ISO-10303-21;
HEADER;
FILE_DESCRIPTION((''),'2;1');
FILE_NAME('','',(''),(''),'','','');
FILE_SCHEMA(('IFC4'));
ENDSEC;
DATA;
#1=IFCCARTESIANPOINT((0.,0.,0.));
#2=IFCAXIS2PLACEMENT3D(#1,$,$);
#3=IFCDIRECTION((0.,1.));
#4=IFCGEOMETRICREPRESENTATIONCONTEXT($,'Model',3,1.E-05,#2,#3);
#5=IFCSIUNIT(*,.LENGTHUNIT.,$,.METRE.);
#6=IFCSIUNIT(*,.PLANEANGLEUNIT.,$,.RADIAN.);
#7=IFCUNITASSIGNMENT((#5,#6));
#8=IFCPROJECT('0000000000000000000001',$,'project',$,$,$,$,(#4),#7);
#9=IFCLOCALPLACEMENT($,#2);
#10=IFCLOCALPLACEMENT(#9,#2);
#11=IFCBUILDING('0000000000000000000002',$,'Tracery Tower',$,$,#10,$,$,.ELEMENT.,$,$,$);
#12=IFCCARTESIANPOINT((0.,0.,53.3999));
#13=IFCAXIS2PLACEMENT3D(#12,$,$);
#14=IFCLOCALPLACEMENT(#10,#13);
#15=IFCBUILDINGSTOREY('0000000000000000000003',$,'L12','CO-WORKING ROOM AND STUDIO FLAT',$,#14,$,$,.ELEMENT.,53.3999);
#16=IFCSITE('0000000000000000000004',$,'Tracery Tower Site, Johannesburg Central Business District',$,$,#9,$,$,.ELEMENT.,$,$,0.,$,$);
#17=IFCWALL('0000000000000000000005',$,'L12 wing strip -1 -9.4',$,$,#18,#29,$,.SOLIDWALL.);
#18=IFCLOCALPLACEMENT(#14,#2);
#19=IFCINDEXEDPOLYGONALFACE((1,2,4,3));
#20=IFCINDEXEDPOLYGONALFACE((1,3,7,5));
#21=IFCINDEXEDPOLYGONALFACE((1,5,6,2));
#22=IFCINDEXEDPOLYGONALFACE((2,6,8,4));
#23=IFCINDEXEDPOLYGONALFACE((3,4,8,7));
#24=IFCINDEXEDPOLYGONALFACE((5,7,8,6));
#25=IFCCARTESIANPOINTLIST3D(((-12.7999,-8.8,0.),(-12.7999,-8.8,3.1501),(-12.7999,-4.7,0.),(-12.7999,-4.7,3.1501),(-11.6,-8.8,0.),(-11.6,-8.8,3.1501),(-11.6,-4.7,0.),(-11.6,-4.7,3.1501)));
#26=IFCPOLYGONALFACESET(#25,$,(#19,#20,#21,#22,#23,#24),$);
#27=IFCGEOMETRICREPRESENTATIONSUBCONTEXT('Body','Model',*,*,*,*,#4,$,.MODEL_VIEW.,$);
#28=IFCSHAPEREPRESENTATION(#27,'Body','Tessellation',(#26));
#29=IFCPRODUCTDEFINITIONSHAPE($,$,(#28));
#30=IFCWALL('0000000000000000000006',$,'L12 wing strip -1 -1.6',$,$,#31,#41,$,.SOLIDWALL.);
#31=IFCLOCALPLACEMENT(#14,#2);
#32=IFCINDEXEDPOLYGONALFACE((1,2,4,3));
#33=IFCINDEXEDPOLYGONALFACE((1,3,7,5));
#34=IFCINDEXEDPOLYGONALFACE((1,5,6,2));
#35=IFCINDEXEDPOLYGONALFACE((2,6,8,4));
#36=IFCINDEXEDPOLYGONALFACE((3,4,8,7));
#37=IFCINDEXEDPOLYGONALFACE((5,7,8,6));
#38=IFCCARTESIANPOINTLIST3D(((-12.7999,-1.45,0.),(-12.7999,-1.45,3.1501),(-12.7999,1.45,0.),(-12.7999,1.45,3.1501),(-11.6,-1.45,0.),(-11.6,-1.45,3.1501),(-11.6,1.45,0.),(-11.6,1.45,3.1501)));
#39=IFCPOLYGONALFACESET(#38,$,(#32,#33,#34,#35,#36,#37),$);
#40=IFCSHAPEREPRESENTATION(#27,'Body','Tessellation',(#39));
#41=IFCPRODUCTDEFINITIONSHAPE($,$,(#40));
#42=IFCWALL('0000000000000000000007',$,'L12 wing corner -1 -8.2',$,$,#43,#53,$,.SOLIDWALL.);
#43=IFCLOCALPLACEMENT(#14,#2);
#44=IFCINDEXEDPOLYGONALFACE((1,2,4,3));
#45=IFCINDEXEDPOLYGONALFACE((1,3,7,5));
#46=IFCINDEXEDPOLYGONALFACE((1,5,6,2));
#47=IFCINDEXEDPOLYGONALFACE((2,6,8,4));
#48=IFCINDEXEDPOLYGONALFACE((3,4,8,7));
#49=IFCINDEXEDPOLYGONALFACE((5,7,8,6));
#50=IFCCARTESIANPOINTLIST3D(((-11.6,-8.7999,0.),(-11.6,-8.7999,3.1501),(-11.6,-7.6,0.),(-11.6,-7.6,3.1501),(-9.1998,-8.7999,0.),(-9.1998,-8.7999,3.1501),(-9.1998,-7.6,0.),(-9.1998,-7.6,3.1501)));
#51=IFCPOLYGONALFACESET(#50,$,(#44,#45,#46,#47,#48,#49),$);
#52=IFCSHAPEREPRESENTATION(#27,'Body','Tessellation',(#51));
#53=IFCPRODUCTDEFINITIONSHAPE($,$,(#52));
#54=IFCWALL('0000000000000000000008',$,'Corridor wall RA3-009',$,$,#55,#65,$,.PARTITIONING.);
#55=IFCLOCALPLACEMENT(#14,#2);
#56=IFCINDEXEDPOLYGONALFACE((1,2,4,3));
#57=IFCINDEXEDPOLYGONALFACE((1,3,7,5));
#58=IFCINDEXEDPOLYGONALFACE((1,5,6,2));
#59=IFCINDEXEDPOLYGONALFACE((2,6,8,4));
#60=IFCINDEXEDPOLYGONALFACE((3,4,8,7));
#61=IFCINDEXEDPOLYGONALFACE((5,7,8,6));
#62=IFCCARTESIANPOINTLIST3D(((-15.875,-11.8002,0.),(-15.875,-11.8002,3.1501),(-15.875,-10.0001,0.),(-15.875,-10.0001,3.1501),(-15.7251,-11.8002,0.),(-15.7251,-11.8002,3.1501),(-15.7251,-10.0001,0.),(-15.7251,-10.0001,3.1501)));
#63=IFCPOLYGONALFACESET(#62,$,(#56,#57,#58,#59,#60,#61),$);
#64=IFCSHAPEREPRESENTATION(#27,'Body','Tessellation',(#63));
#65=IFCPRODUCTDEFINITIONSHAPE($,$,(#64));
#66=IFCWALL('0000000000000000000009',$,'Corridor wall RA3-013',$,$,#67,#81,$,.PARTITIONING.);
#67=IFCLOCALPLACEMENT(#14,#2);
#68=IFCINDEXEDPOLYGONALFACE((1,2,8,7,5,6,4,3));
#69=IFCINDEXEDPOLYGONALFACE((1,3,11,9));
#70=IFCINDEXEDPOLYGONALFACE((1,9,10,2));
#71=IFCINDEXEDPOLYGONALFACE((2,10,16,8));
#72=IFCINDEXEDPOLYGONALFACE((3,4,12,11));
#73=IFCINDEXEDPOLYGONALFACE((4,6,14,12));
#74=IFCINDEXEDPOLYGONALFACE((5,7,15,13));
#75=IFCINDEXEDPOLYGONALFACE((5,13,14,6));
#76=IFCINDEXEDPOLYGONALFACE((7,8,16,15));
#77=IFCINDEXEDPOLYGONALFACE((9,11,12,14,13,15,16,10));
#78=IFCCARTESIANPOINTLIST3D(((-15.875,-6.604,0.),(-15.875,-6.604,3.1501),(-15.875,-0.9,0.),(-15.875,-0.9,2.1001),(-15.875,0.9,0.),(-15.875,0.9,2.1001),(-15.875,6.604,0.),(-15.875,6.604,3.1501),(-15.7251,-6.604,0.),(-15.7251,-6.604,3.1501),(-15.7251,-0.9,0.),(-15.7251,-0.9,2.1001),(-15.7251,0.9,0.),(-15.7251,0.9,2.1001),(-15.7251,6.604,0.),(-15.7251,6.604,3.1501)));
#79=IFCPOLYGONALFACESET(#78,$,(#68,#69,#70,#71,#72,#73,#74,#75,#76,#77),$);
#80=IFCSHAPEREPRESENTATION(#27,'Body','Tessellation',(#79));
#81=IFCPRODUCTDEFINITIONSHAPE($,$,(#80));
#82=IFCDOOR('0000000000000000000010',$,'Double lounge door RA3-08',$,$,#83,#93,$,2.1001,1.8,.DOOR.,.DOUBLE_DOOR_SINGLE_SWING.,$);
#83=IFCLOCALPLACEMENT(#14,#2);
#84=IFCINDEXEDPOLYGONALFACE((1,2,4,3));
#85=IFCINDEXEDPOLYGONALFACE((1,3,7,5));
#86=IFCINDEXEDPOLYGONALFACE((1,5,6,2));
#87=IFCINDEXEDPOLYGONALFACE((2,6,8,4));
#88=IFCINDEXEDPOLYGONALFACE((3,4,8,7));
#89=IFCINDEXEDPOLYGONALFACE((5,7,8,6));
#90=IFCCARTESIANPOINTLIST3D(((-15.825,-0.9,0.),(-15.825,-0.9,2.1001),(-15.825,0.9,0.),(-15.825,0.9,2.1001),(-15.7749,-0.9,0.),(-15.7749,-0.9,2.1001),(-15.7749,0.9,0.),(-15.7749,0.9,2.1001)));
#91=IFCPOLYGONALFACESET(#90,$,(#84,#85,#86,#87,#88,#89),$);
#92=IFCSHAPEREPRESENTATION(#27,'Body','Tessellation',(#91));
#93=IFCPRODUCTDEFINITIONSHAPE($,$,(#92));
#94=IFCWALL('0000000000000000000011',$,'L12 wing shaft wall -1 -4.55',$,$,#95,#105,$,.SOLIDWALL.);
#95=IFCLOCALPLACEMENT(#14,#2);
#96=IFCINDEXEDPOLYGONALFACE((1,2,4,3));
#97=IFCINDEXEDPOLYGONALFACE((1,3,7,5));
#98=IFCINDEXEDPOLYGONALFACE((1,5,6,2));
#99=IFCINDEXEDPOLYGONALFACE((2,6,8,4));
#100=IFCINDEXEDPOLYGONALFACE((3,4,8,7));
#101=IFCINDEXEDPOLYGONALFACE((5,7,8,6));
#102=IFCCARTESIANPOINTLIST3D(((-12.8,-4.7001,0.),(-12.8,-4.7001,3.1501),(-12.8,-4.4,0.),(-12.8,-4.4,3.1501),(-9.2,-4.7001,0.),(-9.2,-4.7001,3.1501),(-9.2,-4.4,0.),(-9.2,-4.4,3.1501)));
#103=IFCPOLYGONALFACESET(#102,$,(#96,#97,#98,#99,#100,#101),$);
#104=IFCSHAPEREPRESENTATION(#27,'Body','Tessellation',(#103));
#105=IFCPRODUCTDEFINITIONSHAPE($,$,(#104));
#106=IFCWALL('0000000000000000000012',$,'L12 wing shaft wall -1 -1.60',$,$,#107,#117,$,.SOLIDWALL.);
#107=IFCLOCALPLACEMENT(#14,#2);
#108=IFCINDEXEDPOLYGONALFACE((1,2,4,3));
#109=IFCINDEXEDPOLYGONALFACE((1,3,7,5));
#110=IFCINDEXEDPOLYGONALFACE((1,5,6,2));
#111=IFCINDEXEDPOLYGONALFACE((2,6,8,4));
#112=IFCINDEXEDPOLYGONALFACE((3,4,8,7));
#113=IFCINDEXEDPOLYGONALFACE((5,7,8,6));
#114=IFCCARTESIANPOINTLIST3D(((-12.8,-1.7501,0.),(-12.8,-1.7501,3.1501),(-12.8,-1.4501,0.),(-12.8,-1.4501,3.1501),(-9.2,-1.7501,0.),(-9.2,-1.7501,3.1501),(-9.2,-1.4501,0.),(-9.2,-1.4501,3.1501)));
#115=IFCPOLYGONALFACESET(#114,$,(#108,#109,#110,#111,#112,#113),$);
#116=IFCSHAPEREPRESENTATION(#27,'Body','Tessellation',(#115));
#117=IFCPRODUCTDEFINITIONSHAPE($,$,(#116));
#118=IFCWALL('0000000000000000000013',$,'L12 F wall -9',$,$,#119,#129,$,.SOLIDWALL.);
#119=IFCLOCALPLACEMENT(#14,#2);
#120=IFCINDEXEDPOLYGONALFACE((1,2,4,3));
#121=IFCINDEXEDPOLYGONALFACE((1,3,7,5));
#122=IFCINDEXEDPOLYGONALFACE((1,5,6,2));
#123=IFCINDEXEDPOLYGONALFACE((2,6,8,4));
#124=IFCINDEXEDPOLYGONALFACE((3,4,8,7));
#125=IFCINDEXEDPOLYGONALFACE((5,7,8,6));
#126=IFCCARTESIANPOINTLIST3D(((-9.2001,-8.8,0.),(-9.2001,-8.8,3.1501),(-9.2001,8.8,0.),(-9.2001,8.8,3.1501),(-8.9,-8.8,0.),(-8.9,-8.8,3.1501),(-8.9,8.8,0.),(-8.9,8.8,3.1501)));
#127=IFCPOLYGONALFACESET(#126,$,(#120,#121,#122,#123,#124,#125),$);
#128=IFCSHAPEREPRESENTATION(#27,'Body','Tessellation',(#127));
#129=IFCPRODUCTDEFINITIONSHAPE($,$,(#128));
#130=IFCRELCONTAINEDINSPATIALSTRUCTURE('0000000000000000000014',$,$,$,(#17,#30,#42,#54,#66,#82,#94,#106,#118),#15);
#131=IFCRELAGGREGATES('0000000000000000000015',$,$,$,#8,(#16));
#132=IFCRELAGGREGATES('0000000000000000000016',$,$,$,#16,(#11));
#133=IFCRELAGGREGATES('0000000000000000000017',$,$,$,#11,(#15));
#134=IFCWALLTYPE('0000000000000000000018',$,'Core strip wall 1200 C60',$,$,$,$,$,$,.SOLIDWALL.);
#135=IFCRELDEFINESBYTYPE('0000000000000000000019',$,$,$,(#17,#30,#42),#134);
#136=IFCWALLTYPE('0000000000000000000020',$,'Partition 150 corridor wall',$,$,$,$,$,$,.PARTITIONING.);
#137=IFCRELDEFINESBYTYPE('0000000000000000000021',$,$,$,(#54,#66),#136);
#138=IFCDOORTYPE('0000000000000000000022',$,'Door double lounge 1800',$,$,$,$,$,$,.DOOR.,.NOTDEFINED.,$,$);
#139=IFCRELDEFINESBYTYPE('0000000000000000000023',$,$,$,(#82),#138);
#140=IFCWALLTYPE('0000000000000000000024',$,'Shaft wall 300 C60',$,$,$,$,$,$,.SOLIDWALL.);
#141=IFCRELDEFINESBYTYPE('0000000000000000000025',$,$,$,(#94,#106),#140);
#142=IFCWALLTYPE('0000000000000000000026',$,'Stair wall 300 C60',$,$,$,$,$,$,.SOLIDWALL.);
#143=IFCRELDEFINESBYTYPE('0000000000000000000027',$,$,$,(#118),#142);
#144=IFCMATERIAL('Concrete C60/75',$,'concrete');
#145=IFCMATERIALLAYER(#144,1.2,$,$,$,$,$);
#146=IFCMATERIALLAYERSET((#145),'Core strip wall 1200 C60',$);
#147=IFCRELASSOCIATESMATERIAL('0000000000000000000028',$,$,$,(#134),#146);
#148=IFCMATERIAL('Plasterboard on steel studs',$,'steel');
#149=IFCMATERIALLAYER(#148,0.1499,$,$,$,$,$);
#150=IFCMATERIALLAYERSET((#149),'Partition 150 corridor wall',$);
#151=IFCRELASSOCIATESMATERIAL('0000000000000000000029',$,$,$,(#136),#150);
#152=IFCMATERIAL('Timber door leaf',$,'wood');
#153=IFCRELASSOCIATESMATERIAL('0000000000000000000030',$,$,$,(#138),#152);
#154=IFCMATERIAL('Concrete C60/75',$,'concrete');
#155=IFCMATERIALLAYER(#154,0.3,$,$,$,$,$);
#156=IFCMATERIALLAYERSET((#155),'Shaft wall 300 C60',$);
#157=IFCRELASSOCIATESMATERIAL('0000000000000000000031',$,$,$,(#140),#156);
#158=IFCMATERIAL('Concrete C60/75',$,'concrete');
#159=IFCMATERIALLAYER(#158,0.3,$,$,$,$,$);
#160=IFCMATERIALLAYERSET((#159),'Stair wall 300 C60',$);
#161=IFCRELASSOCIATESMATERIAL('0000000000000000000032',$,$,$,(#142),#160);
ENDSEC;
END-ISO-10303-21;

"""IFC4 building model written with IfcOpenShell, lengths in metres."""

from ifc_helpers import new_model, si_unit, direction, frame, frame_2d, origin, place, context, subcontext, project, spatial, rectangle, extrude, material, layer, layer_set, type_object, element, fill, save


model = new_model("IFC4")

# Units and contexts
model_context = context("Model", 3, precision=1e-05, world=origin(), true_north=direction((0.0, 1.0)))
body_context = subcontext(model_context, "Body", "Model", "MODEL_VIEW")
ifc_project = project(units=[si_unit("LENGTHUNIT", "METRE"), si_unit("PLANEANGLEUNIT", "RADIAN")], contexts=[model_context])

# Site, building, storey
site_placement = place(None, origin())
site = spatial("IfcSite", under=ifc_project, at=site_placement, Name="Tracery Tower Site, Johannesburg Central Business District", CompositionType="ELEMENT", RefElevation=0.0)
building_placement = place(site_placement, origin())
building = spatial("IfcBuilding", under=site, at=building_placement, Name="Tracery Tower", CompositionType="ELEMENT")
storey_placement = place(building_placement, frame((0.0, 0.0, 53.3999)))
storey = spatial("IfcBuildingStorey", under=building, at=storey_placement, Name="L12", Description="CO-WORKING ROOM AND STUDIO FLAT", CompositionType="ELEMENT", Elevation=53.3999)

# Walls
ifc_material_1 = material(Name="Concrete C60/75", Category="concrete")
ifc_layer_1 = layer(ifc_material_1, 1.2)
ifc_layer_set_1 = layer_set([ifc_layer_1], Name="Core strip wall 1200 C60")
wall_type_1 = type_object("IfcWallType", Name="Core strip wall 1200 C60", PredefinedType="SOLIDWALL", material=ifc_layer_set_1)
wall_1_placement = place(storey_placement, frame((-12.2, -8.8, 0.0), z_axis=(0.0, 0.0, 1.0), x_axis=(0.0, 1.0, 0.0)))
element("IfcWall", 1, at=wall_1_placement, inside=storey, type_object=wall_type_1, Name="L12 wing strip -1 -9.4", PredefinedType="SOLIDWALL", context=body_context, shape_type="SweptSolid", body=[
    extrude(rectangle(XDim=4.1001, YDim=1.2, at=frame_2d((2.05, 0.0))), origin(), (0.0, 0.0, 1.0), 3.1501),
])
wall_2_placement = place(storey_placement, frame((-12.2, -1.45, 0.0), z_axis=(0.0, 0.0, 1.0), x_axis=(0.0, 1.0, 0.0)))
element("IfcWall", 2, at=wall_2_placement, inside=storey, type_object=wall_type_1, Name="L12 wing strip -1 -1.6", PredefinedType="SOLIDWALL", context=body_context, shape_type="SweptSolid", body=[
    extrude(rectangle(XDim=2.8999, YDim=1.2, at=frame_2d((1.45, 0.0))), origin(), (0.0, 0.0, 1.0), 3.1501),
])
wall_3_placement = place(storey_placement, frame((-11.6001, -8.2, 0.0), z_axis=(0.0, 0.0, 1.0), x_axis=(1.0, 0.0, 0.0)))
element("IfcWall", 3, at=wall_3_placement, inside=storey, type_object=wall_type_1, Name="L12 wing corner -1 -8.2", PredefinedType="SOLIDWALL", context=body_context, shape_type="SweptSolid", body=[
    extrude(rectangle(XDim=2.4001, YDim=1.2, at=frame_2d((1.2002, 0.0))), origin(), (0.0, 0.0, 1.0), 3.1501),
])

# Wall
ifc_material_2 = material(Name="Plasterboard on steel studs", Category="steel")
ifc_layer_2 = layer(ifc_material_2, 0.1499)
ifc_layer_set_2 = layer_set([ifc_layer_2], Name="Partition 150 corridor wall")
wall_type_2 = type_object("IfcWallType", Name="Partition 150 corridor wall", PredefinedType="PARTITIONING", material=ifc_layer_set_2)
wall_4_placement = place(storey_placement, frame((-15.8, -11.8, 0.0), z_axis=(0.0, 0.0, 1.0), x_axis=(0.0, 1.0, 0.0)))
element("IfcWall", 4, at=wall_4_placement, inside=storey, type_object=wall_type_2, Name="Corridor wall RA3-009", PredefinedType="PARTITIONING", context=body_context, shape_type="SweptSolid", body=[
    extrude(rectangle(XDim=1.8, YDim=0.1499, at=frame_2d((0.8999, 0.0))), origin(), (0.0, 0.0, 1.0), 3.1501),
])

# Wall, opening, door
wall_5_placement = place(storey_placement, frame((-15.8, -6.604, 0.0), z_axis=(0.0, 0.0, 1.0), x_axis=(0.0, 1.0, 0.0)))
wall_5 = element("IfcWall", 5, at=wall_5_placement, inside=storey, type_object=wall_type_2, Name="Corridor wall RA3-013", PredefinedType="PARTITIONING", context=body_context, shape_type="SweptSolid", body=[
    extrude(rectangle(XDim=13.208, YDim=0.1499, at=frame_2d((6.604, 0.0))), origin(), (0.0, 0.0, 1.0), 3.1501),
])
opening_1_placement = place(wall_5_placement, frame((5.7041, 0.0, 0.0)))
opening_1 = element("IfcOpeningElement", 6, at=opening_1_placement, cuts=wall_5, PredefinedType="OPENING", context=body_context, shape_type="SweptSolid", body=[
    extrude(rectangle(XDim=1.8, YDim=2.1001, at=frame_2d((0.8999, 1.05))), frame((0.0, 0.075, 0.0), z_axis=(0.0, -1.0, 0.0), x_axis=(1.0, 0.0, 0.0)), (0.0, 0.0, 1.0), 0.1499),
])
ifc_material_3 = material(Name="Timber door leaf", Category="wood")
door_type_1 = type_object("IfcDoorType", Name="Door double lounge 1800", OperationType="NOTDEFINED", PredefinedType="DOOR", material=ifc_material_3)
door_1_placement = place(opening_1_placement, origin())
door_1 = element("IfcDoor", 7, at=door_1_placement, inside=storey, type_object=door_type_1, Name="Double lounge door RA3-08", OperationType="DOUBLE_DOOR_SINGLE_SWING", OverallHeight=2.1001, OverallWidth=1.8, PredefinedType="DOOR", context=body_context, shape_type="SweptSolid", body=[
    extrude(rectangle(XDim=1.8, YDim=2.1001, at=frame_2d((0.8999, 1.05))), frame((0.0, 0.0249, 0.0), z_axis=(0.0, -1.0, 0.0), x_axis=(1.0, 0.0, 0.0)), (0.0, 0.0, 1.0), 0.05),
])
fill(opening_1, door_1)

# Walls
ifc_material_4 = material(Name="Concrete C60/75", Category="concrete")
ifc_layer_3 = layer(ifc_material_4, 0.3)
ifc_layer_set_3 = layer_set([ifc_layer_3], Name="Shaft wall 300 C60")
wall_type_3 = type_object("IfcWallType", Name="Shaft wall 300 C60", PredefinedType="SOLIDWALL", material=ifc_layer_set_3)
for number, where, z_axis, x_axis, name in (
    (8, (-12.8, -4.55, 0.0), (0.0, 0.0, 1.0), (1.0, 0.0, 0.0), "L12 wing shaft wall -1 -4.55"),
    (9, (-12.8, -1.6001, 0.0), (0.0, 0.0, 1.0), (1.0, 0.0, 0.0), "L12 wing shaft wall -1 -1.60"),
):
    element("IfcWall", number, at=place(storey_placement, frame(where, z_axis=z_axis, x_axis=x_axis)), inside=storey, type_object=wall_type_3, Name=name, PredefinedType="SOLIDWALL", context=body_context, shape_type="SweptSolid", body=[
        extrude(rectangle(XDim=3.6001, YDim=0.3, at=frame_2d((1.8, 0.0))), origin(), (0.0, 0.0, 1.0), 3.1501),
    ])
ifc_material_5 = material(Name="Concrete C60/75", Category="concrete")
ifc_layer_4 = layer(ifc_material_5, 0.3)
ifc_layer_set_4 = layer_set([ifc_layer_4], Name="Stair wall 300 C60")
wall_type_4 = type_object("IfcWallType", Name="Stair wall 300 C60", PredefinedType="SOLIDWALL", material=ifc_layer_set_4)
wall_6_placement = place(storey_placement, frame((-9.05, -8.8, 0.0), z_axis=(0.0, 0.0, 1.0), x_axis=(0.0, 1.0, 0.0)))
element("IfcWall", 10, at=wall_6_placement, inside=storey, type_object=wall_type_4, Name="L12 F wall -9", PredefinedType="SOLIDWALL", context=body_context, shape_type="SweptSolid", body=[
    extrude(rectangle(XDim=17.6001, YDim=0.3, at=frame_2d((8.8, 0.0))), origin(), (0.0, 0.0, 1.0), 3.1501),
])

save(model, "model.ifc")
